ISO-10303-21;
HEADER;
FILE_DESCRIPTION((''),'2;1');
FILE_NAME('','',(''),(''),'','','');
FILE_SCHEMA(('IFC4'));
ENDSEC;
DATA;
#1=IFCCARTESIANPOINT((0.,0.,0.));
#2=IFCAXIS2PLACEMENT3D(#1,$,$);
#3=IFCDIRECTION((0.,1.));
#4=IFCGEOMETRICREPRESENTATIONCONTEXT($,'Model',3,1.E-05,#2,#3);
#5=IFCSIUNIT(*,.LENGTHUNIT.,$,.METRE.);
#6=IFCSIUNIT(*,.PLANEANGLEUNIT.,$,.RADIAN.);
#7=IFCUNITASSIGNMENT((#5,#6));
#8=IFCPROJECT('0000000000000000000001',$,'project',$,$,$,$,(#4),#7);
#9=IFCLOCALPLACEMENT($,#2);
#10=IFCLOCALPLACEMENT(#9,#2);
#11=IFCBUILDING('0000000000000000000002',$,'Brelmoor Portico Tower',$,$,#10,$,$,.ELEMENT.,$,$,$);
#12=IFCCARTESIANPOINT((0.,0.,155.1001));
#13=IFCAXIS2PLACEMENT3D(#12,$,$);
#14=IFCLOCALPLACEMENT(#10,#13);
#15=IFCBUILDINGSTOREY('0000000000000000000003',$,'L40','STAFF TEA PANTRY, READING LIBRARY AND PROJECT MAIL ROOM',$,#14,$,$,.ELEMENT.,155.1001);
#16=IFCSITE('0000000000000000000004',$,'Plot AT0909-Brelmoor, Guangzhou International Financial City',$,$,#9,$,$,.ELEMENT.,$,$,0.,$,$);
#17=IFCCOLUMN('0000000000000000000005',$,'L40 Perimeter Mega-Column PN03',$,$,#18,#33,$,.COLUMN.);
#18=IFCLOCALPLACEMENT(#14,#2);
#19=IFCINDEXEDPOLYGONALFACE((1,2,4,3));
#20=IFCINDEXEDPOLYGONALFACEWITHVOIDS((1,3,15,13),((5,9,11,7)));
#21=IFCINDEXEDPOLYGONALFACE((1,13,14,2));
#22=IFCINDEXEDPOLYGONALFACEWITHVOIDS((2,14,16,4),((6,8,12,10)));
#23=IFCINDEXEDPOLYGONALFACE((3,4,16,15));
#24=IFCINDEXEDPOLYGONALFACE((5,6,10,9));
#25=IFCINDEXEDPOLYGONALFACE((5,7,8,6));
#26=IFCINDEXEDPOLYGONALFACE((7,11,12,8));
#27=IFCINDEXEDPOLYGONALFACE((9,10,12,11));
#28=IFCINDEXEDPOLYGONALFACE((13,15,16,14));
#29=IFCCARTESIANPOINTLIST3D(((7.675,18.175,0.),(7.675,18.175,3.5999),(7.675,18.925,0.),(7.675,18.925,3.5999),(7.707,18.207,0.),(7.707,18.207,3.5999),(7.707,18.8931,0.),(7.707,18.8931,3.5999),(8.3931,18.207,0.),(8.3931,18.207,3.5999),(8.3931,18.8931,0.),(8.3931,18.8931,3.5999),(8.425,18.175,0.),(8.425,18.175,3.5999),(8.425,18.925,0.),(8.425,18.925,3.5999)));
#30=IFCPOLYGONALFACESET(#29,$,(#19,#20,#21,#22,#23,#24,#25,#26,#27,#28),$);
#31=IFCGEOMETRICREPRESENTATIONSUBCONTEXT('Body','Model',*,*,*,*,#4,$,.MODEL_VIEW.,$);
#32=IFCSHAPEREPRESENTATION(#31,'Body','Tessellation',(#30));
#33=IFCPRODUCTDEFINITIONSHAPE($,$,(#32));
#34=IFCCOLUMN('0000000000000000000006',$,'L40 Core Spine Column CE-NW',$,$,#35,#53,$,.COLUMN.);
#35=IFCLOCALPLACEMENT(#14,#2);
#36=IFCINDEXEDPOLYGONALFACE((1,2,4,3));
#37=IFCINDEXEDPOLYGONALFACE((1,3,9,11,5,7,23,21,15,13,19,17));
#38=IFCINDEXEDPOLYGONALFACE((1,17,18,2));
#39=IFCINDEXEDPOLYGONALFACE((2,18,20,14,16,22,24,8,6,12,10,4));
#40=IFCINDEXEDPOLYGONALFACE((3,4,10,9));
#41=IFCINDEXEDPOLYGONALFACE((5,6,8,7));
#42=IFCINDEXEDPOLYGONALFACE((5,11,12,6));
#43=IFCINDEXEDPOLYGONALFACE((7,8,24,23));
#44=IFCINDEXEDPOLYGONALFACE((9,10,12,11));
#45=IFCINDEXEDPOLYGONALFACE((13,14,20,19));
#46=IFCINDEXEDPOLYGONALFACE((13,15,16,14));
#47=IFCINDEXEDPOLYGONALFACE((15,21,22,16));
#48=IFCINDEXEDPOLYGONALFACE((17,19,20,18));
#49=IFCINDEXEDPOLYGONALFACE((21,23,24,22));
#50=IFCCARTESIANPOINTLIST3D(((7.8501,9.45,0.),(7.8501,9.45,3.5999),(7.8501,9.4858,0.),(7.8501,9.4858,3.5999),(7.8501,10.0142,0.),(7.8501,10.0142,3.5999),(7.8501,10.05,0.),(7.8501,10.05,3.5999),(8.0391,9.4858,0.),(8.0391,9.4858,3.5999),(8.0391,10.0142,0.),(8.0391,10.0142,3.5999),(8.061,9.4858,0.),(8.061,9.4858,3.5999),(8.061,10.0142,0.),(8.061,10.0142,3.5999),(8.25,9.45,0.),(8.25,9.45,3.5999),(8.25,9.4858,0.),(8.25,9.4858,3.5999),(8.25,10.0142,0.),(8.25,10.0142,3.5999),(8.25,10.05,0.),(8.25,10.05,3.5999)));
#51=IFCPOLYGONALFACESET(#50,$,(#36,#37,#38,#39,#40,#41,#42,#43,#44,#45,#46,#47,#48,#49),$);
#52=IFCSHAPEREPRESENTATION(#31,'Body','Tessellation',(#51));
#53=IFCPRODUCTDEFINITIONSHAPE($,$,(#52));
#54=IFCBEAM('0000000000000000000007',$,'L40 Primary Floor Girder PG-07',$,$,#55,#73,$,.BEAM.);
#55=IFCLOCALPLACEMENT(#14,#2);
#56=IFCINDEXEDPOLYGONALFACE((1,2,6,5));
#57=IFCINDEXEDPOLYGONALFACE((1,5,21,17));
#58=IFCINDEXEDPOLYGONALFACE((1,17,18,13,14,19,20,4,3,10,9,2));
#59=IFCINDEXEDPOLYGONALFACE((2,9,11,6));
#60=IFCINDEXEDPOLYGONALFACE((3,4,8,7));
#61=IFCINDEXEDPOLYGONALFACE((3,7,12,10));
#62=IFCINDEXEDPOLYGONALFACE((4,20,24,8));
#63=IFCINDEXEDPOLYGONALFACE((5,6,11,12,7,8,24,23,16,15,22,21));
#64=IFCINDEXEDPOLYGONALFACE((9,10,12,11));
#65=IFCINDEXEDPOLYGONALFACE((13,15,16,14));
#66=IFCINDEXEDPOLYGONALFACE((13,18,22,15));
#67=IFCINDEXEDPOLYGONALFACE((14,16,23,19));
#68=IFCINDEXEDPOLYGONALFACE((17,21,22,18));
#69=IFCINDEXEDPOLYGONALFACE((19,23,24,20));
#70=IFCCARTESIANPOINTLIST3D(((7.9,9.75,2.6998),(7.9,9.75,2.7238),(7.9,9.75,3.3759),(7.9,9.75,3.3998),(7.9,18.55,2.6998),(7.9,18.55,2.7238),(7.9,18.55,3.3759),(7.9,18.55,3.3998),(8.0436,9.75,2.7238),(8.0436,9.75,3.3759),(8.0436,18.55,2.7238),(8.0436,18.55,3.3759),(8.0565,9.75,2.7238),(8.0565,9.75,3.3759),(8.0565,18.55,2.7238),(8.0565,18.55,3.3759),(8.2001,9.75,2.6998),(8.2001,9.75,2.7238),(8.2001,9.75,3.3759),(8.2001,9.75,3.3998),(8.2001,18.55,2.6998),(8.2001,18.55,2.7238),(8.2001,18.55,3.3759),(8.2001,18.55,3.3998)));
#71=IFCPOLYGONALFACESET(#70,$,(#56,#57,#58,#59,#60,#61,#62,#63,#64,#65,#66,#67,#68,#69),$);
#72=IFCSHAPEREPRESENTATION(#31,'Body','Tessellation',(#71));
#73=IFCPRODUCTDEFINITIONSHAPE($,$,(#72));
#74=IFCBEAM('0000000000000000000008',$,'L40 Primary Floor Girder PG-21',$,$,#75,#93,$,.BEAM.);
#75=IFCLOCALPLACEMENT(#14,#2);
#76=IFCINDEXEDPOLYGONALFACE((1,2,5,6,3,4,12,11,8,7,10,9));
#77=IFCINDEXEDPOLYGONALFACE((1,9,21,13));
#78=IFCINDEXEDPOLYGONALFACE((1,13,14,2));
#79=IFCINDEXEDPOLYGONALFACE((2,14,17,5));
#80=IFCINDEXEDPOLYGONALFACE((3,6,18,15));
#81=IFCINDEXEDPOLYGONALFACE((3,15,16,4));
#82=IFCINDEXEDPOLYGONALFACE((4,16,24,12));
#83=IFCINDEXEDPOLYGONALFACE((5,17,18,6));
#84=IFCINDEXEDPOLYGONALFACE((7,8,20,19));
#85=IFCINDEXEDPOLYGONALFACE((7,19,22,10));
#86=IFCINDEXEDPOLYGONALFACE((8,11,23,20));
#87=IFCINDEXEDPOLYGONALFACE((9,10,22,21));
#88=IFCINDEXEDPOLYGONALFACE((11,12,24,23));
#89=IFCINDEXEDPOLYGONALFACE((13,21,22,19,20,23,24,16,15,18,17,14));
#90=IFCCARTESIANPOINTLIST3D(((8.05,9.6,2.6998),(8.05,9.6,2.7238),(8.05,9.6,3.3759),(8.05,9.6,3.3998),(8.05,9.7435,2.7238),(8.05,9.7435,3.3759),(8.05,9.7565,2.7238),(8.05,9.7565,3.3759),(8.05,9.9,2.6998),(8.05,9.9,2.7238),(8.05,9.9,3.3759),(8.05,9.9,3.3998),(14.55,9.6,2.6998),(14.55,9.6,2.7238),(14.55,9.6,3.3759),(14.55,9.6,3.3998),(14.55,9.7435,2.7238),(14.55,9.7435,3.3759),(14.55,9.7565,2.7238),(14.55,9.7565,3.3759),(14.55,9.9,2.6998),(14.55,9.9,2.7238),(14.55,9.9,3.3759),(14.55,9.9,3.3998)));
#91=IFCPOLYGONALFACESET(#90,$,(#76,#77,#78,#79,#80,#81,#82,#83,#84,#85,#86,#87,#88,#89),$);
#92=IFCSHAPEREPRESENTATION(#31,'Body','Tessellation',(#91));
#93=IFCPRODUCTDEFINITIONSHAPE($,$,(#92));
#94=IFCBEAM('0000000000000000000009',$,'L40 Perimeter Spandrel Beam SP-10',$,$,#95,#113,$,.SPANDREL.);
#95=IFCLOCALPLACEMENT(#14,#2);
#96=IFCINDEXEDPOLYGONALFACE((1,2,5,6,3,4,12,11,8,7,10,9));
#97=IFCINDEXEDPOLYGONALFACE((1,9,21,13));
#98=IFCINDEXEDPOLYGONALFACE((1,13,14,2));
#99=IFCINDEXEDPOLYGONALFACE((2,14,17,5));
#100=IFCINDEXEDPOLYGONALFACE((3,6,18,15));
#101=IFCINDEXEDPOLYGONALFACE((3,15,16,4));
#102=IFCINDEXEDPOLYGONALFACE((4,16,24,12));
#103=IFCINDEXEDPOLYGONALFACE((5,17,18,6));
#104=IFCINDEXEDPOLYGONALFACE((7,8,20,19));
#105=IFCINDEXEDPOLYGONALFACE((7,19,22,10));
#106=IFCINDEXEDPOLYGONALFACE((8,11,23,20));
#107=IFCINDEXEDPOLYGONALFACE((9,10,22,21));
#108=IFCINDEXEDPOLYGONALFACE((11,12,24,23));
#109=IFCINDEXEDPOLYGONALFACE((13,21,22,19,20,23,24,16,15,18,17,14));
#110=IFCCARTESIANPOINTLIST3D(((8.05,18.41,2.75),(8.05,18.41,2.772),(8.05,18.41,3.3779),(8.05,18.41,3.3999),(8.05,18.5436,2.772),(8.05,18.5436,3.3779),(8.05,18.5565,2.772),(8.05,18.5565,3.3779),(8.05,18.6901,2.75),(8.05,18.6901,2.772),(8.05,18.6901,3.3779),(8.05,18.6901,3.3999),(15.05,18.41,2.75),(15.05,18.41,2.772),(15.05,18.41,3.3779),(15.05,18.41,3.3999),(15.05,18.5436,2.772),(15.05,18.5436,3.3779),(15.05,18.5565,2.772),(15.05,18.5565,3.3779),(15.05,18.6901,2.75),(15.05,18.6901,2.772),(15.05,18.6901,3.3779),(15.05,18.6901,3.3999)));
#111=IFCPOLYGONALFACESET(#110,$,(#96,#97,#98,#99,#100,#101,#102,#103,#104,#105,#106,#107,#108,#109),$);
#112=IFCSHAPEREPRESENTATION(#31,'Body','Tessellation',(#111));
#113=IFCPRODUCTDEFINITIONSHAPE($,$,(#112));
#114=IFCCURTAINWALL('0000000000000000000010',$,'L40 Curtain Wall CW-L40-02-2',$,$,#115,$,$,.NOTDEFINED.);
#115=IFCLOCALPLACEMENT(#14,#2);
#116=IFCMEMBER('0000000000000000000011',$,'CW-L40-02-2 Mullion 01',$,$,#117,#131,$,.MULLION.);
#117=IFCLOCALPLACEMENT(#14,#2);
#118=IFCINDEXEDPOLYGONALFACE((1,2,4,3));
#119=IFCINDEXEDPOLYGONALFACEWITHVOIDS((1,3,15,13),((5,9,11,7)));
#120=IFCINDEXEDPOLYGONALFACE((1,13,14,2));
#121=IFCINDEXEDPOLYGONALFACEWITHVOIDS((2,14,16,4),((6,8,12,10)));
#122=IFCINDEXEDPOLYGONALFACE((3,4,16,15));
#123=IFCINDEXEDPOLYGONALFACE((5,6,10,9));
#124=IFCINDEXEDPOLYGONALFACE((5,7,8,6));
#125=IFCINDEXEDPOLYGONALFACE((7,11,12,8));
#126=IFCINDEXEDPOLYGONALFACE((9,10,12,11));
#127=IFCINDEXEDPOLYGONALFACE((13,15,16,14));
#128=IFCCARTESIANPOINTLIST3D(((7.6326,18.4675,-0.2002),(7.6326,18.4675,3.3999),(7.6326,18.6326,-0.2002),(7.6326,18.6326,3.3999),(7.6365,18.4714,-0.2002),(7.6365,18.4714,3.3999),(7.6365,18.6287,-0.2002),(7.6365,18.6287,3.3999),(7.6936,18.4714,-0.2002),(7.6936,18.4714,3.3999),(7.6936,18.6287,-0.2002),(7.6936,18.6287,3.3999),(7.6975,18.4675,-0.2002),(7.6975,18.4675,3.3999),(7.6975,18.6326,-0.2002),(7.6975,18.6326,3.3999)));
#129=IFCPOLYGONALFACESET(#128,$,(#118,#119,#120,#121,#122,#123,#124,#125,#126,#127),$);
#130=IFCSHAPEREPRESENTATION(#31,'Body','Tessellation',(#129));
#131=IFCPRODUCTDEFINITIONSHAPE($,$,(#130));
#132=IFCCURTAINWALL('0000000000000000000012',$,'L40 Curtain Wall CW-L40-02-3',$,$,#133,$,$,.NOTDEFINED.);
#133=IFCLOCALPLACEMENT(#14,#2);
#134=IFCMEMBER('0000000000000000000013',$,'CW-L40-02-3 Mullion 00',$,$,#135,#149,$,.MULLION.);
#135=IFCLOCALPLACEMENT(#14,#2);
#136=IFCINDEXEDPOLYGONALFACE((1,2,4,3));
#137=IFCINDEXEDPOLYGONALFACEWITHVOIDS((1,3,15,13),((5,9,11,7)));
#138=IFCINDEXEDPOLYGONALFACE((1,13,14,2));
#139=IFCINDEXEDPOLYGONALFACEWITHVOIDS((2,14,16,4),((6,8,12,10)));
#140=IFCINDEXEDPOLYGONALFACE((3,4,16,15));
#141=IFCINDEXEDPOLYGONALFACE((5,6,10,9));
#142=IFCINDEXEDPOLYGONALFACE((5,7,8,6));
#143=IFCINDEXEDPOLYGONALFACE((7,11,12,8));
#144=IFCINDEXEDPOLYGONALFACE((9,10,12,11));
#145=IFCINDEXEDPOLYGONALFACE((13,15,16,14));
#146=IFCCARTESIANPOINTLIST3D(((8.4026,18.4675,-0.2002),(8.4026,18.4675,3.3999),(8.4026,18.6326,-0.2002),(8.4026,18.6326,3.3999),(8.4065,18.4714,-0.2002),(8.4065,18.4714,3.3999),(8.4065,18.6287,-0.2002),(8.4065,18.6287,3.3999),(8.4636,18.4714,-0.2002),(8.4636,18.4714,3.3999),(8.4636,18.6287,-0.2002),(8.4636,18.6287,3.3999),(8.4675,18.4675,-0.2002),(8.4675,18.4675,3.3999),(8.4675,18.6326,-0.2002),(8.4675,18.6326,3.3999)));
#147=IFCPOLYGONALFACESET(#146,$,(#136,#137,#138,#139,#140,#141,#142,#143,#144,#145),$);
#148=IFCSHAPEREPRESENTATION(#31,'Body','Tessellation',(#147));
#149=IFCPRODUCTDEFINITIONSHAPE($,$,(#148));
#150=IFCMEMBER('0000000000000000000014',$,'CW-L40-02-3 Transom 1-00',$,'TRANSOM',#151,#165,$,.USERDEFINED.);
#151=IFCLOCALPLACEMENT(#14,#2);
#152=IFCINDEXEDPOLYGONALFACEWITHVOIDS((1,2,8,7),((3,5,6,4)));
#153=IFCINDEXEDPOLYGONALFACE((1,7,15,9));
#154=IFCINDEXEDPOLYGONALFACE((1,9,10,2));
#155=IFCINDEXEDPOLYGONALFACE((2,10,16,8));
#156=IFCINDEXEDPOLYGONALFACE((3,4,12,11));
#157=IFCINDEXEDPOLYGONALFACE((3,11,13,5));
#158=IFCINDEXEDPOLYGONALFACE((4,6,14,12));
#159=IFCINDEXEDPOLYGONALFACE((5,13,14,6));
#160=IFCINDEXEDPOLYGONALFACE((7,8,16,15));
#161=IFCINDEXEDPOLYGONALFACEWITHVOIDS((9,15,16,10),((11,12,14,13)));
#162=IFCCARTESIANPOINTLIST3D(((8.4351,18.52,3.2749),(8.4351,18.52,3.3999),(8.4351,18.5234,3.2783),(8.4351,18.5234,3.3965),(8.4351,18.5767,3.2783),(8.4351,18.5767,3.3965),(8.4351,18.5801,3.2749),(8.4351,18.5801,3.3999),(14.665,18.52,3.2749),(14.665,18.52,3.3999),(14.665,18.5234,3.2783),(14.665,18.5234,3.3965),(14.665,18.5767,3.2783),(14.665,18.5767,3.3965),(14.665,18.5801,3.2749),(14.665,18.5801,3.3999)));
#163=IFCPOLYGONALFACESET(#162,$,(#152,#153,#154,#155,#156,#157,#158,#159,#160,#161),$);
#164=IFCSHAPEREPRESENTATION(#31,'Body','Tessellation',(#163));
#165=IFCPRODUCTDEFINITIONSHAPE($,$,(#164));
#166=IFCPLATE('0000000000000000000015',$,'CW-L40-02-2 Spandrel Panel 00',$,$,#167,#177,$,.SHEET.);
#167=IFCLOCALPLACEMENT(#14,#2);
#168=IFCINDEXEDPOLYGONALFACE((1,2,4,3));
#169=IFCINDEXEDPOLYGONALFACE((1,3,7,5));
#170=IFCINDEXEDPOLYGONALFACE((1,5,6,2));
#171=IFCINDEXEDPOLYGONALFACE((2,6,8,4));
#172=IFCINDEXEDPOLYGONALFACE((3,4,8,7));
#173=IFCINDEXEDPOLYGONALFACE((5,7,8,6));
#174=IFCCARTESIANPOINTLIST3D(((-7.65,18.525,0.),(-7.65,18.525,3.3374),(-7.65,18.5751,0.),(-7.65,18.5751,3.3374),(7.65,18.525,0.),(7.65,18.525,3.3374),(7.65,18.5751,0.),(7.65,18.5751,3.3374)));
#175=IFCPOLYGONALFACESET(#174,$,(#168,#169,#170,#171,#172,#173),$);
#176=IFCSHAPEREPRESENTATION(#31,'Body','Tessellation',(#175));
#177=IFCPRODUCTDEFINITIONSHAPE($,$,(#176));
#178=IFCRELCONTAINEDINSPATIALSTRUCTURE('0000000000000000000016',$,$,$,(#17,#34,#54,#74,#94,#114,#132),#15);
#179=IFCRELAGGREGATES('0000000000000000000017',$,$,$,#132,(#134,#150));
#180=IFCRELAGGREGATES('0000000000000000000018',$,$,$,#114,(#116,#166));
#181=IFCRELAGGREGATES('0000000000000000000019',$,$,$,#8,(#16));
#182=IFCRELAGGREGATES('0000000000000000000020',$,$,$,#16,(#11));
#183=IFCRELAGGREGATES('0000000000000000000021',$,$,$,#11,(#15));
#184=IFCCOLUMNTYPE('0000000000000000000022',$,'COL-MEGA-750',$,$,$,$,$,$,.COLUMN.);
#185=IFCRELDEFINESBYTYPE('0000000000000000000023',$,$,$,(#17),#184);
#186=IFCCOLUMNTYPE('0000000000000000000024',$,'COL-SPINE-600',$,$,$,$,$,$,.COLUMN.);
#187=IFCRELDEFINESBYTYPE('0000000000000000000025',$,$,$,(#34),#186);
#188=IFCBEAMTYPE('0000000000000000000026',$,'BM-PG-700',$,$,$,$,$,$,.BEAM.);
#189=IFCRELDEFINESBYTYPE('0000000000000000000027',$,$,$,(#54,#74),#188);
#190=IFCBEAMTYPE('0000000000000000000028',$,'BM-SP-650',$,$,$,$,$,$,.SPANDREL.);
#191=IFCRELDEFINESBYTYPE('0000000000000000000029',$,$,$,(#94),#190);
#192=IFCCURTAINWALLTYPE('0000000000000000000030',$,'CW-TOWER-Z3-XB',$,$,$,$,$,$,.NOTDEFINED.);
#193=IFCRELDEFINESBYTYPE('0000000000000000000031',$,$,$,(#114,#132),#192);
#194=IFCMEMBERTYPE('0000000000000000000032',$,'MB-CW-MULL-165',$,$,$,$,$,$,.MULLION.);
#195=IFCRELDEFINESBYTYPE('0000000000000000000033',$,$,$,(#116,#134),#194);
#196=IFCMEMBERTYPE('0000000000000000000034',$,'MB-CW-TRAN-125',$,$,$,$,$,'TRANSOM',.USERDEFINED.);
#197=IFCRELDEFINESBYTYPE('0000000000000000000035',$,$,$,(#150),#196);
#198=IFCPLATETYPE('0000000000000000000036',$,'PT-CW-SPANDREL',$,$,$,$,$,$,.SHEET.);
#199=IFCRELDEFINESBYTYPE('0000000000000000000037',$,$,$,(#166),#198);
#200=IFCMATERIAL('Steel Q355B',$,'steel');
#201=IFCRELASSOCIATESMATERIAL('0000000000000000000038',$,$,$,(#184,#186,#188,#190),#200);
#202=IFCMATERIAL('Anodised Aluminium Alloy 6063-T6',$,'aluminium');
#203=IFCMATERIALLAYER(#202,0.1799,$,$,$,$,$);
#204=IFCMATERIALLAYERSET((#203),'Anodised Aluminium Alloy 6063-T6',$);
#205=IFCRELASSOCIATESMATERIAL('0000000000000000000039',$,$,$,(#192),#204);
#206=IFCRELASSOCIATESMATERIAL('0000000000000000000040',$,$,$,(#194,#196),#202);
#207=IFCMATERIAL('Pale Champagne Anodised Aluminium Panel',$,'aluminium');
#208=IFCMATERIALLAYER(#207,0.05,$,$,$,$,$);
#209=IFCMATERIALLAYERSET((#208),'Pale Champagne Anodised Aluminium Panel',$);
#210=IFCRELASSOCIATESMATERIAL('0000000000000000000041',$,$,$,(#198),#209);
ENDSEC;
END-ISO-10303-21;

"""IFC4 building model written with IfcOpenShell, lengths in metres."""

from ifc_helpers import new_model, si_unit, direction, frame, origin, origin_2d, place, context, subcontext, project, spatial, rectangle, hollow_rectangle, i_section, extrude, material, layer, layer_set, material_profile, profile_set, type_object, element, aggregate, save


model = new_model("IFC4")

# Units and contexts
model_context = context("Model", 3, precision=1e-05, world=origin(), true_north=direction((0.0, 1.0)))
body_context = subcontext(model_context, "Body", "Model", "MODEL_VIEW")
ifc_project = project(units=[si_unit("LENGTHUNIT", "METRE"), si_unit("PLANEANGLEUNIT", "RADIAN")], contexts=[model_context])

# Site, building, storey
site_placement = place(None, origin())
site = spatial("IfcSite", under=ifc_project, at=site_placement, Name="Plot AT0909-Brelmoor, Guangzhou International Financial City", CompositionType="ELEMENT", RefElevation=0.0)
building_placement = place(site_placement, origin())
building = spatial("IfcBuilding", under=site, at=building_placement, Name="Brelmoor Portico Tower", CompositionType="ELEMENT")
storey_placement = place(building_placement, frame((0.0, 0.0, 155.1001)))
storey = spatial("IfcBuildingStorey", under=building, at=storey_placement, Name="L40", Description="STAFF TEA PANTRY, READING LIBRARY AND PROJECT MAIL ROOM", CompositionType="ELEMENT", Elevation=155.1001)

# Columns
ifc_material_1 = material(Name="Steel Q355B", Category="steel")
ifc_material_profile_1 = material_profile(ifc_material_1, hollow_rectangle(XDim=0.75, YDim=0.75, WallThickness=0.032, at=origin_2d()), Name="BOX 750x750x32")
ifc_profile_set_1 = profile_set([ifc_material_profile_1], Name="Steel Q355B")
column_type_1 = type_object("IfcColumnType", Name="COL-MEGA-750", PredefinedType="COLUMN", material=ifc_profile_set_1)
column_1_placement = place(storey_placement, frame((8.05, 18.55, 0.0), z_axis=(0.0, 0.0, 1.0), x_axis=(1.0, 0.0, 0.0)))
element("IfcColumn", 1, at=column_1_placement, inside=storey, type_object=column_type_1, Name="L40 Perimeter Mega-Column PN03", PredefinedType="COLUMN", context=body_context, shape_type="SweptSolid", body=[
    extrude(hollow_rectangle(XDim=0.75, YDim=0.75, WallThickness=0.032, at=origin_2d()), origin(), (0.0, 0.0, 1.0), 3.5999),
])
ifc_material_profile_2 = material_profile(ifc_material_1, i_section(OverallWidth=0.3999, OverallDepth=0.6001, WebThickness=0.022, FlangeThickness=0.0359, at=origin_2d()), Name="HW 600x400x22x36")
ifc_profile_set_2 = profile_set([ifc_material_profile_2], Name="Steel Q355B")
column_type_2 = type_object("IfcColumnType", Name="COL-SPINE-600", PredefinedType="COLUMN", material=ifc_profile_set_2)
column_2_placement = place(storey_placement, frame((8.05, 9.75, 0.0), z_axis=(0.0, 0.0, 1.0), x_axis=(1.0, 0.0, 0.0)))
element("IfcColumn", 2, at=column_2_placement, inside=storey, type_object=column_type_2, Name="L40 Core Spine Column CE-NW", PredefinedType="COLUMN", context=body_context, shape_type="SweptSolid", body=[
    extrude(i_section(OverallWidth=0.3999, OverallDepth=0.6001, WebThickness=0.022, FlangeThickness=0.0359, at=origin_2d()), origin(), (0.0, 0.0, 1.0), 3.5999),
])

# Beams
ifc_material_profile_3 = material_profile(ifc_material_1, i_section(OverallWidth=0.3, OverallDepth=0.7, WebThickness=0.0129, FlangeThickness=0.0239, at=origin_2d()), Name="HN 700x300x13x24")
ifc_profile_set_3 = profile_set([ifc_material_profile_3], Name="Steel Q355B")
beam_type_1 = type_object("IfcBeamType", Name="BM-PG-700", PredefinedType="BEAM", material=ifc_profile_set_3)
beam_1_placement = place(storey_placement, frame((8.05, 9.75, 3.0498), z_axis=(0.0, 1.0, 0.0), x_axis=(-1.0, 0.0, 0.0)))
element("IfcBeam", 3, at=beam_1_placement, inside=storey, type_object=beam_type_1, Name="L40 Primary Floor Girder PG-07", PredefinedType="BEAM", context=body_context, shape_type="SweptSolid", body=[
    extrude(i_section(OverallWidth=0.3, OverallDepth=0.7, WebThickness=0.0129, FlangeThickness=0.0239, at=origin_2d()), origin(), (0.0, 0.0, 1.0), 8.8),
])
beam_2_placement = place(storey_placement, frame((8.05, 9.75, 3.0498), z_axis=(1.0, 0.0, 0.0), x_axis=(0.0, 1.0, 0.0)))
element("IfcBeam", 4, at=beam_2_placement, inside=storey, type_object=beam_type_1, Name="L40 Primary Floor Girder PG-21", PredefinedType="BEAM", context=body_context, shape_type="SweptSolid", body=[
    extrude(i_section(OverallWidth=0.3, OverallDepth=0.7, WebThickness=0.0129, FlangeThickness=0.0239, at=origin_2d()), origin(), (0.0, 0.0, 1.0), 6.5),
])
ifc_material_profile_4 = material_profile(ifc_material_1, i_section(OverallWidth=0.28, OverallDepth=0.6499, WebThickness=0.0129, FlangeThickness=0.022, at=origin_2d()), Name="HN 650x280x13x22")
ifc_profile_set_4 = profile_set([ifc_material_profile_4], Name="Steel Q355B")
beam_type_2 = type_object("IfcBeamType", Name="BM-SP-650", PredefinedType="SPANDREL", material=ifc_profile_set_4)
beam_3_placement = place(storey_placement, frame((8.05, 18.55, 3.075), z_axis=(1.0, 0.0, 0.0), x_axis=(0.0, 1.0, 0.0)))
element("IfcBeam", 5, at=beam_3_placement, inside=storey, type_object=beam_type_2, Name="L40 Perimeter Spandrel Beam SP-10", PredefinedType="SPANDREL", context=body_context, shape_type="SweptSolid", body=[
    extrude(i_section(OverallWidth=0.28, OverallDepth=0.6499, WebThickness=0.0129, FlangeThickness=0.022, at=origin_2d()), origin(), (0.0, 0.0, 1.0), 7.0),
])

# Curtain wall, member
ifc_material_2 = material(Name="Anodised Aluminium Alloy 6063-T6", Category="aluminium")
ifc_layer_1 = layer(ifc_material_2, 0.1799)
ifc_layer_set_1 = layer_set([ifc_layer_1], Name="Anodised Aluminium Alloy 6063-T6")
curtain_wall_type = type_object("IfcCurtainWallType", Name="CW-TOWER-Z3-XB", PredefinedType="NOTDEFINED", material=ifc_layer_set_1)
curtain_wall_1_placement = place(storey_placement, origin())
curtain_wall_1 = element("IfcCurtainWall", 6, at=curtain_wall_1_placement, inside=storey, type_object=curtain_wall_type, Name="L40 Curtain Wall CW-L40-02-2", PredefinedType="NOTDEFINED")
ifc_material_profile_5 = material_profile(ifc_material_2, hollow_rectangle(XDim=0.0649, YDim=0.165, WallThickness=0.0039, at=origin_2d()), Name="ALU MULLION 65x165")
ifc_profile_set_5 = profile_set([ifc_material_profile_5], Name="Anodised Aluminium Alloy 6063-T6")
member_type_1 = type_object("IfcMemberType", Name="MB-CW-MULL-165", PredefinedType="MULLION", material=ifc_profile_set_5)
member_1_placement = place(storey_placement, frame((7.665, 18.55, -0.2002), z_axis=(0.0, 0.0, 1.0), x_axis=(1.0, 0.0, 0.0)))
member_1 = element("IfcMember", 7, at=member_1_placement, type_object=member_type_1, Name="CW-L40-02-2 Mullion 01", PredefinedType="MULLION", context=body_context, shape_type="SweptSolid", body=[
    extrude(hollow_rectangle(XDim=0.0649, YDim=0.165, WallThickness=0.0039, at=origin_2d()), origin(), (0.0, 0.0, 1.0), 3.6001),
])

# Curtain wall, members
curtain_wall_2_placement = place(storey_placement, origin())
curtain_wall_2 = element("IfcCurtainWall", 8, at=curtain_wall_2_placement, inside=storey, type_object=curtain_wall_type, Name="L40 Curtain Wall CW-L40-02-3", PredefinedType="NOTDEFINED")
member_2_placement = place(storey_placement, frame((8.4351, 18.55, -0.2002), z_axis=(0.0, 0.0, 1.0), x_axis=(1.0, 0.0, 0.0)))
member_2 = element("IfcMember", 9, at=member_2_placement, type_object=member_type_1, Name="CW-L40-02-3 Mullion 00", PredefinedType="MULLION", context=body_context, shape_type="SweptSolid", body=[
    extrude(hollow_rectangle(XDim=0.0649, YDim=0.165, WallThickness=0.0039, at=origin_2d()), origin(), (0.0, 0.0, 1.0), 3.6001),
])
ifc_material_profile_6 = material_profile(ifc_material_2, hollow_rectangle(XDim=0.0601, YDim=0.125, WallThickness=0.0034, at=origin_2d()), Name="ALU TRANSOM 60x125")
ifc_profile_set_6 = profile_set([ifc_material_profile_6], Name="Anodised Aluminium Alloy 6063-T6")
member_type_2 = type_object("IfcMemberType", Name="MB-CW-TRAN-125", ElementType="TRANSOM", PredefinedType="USERDEFINED", material=ifc_profile_set_6)
member_3_placement = place(storey_placement, frame((8.4351, 18.55, 3.3374), z_axis=(1.0, 0.0, 0.0), x_axis=(0.0, 1.0, 0.0)))
member_3 = element("IfcMember", 10, at=member_3_placement, type_object=member_type_2, Name="CW-L40-02-3 Transom 1-00", ObjectType="TRANSOM", PredefinedType="USERDEFINED", context=body_context, shape_type="SweptSolid", body=[
    extrude(hollow_rectangle(XDim=0.0601, YDim=0.125, WallThickness=0.0034, at=origin_2d()), origin(), (0.0, 0.0, 1.0), 6.23),
])
aggregate(curtain_wall_2, [member_2, member_3])

# Plate
ifc_material_3 = material(Name="Pale Champagne Anodised Aluminium Panel", Category="aluminium")
ifc_layer_2 = layer(ifc_material_3, 0.05)
ifc_layer_set_2 = layer_set([ifc_layer_2], Name="Pale Champagne Anodised Aluminium Panel")
plate_type_1 = type_object("IfcPlateType", Name="PT-CW-SPANDREL", PredefinedType="SHEET", material=ifc_layer_set_2)
plate_1_placement = place(storey_placement, frame((0.0, 18.55, 0.0), z_axis=(0.0, 0.0, 1.0), x_axis=(1.0, 0.0, 0.0)))
plate_1 = element("IfcPlate", 11, at=plate_1_placement, type_object=plate_type_1, Name="CW-L40-02-2 Spandrel Panel 00", PredefinedType="SHEET", context=body_context, shape_type="SweptSolid", body=[
    extrude(rectangle(XDim=15.3, YDim=0.05, at=origin_2d()), origin(), (0.0, 0.0, 1.0), 3.3374),
])
aggregate(curtain_wall_1, [member_1, plate_1])

save(model, "model.ifc")
